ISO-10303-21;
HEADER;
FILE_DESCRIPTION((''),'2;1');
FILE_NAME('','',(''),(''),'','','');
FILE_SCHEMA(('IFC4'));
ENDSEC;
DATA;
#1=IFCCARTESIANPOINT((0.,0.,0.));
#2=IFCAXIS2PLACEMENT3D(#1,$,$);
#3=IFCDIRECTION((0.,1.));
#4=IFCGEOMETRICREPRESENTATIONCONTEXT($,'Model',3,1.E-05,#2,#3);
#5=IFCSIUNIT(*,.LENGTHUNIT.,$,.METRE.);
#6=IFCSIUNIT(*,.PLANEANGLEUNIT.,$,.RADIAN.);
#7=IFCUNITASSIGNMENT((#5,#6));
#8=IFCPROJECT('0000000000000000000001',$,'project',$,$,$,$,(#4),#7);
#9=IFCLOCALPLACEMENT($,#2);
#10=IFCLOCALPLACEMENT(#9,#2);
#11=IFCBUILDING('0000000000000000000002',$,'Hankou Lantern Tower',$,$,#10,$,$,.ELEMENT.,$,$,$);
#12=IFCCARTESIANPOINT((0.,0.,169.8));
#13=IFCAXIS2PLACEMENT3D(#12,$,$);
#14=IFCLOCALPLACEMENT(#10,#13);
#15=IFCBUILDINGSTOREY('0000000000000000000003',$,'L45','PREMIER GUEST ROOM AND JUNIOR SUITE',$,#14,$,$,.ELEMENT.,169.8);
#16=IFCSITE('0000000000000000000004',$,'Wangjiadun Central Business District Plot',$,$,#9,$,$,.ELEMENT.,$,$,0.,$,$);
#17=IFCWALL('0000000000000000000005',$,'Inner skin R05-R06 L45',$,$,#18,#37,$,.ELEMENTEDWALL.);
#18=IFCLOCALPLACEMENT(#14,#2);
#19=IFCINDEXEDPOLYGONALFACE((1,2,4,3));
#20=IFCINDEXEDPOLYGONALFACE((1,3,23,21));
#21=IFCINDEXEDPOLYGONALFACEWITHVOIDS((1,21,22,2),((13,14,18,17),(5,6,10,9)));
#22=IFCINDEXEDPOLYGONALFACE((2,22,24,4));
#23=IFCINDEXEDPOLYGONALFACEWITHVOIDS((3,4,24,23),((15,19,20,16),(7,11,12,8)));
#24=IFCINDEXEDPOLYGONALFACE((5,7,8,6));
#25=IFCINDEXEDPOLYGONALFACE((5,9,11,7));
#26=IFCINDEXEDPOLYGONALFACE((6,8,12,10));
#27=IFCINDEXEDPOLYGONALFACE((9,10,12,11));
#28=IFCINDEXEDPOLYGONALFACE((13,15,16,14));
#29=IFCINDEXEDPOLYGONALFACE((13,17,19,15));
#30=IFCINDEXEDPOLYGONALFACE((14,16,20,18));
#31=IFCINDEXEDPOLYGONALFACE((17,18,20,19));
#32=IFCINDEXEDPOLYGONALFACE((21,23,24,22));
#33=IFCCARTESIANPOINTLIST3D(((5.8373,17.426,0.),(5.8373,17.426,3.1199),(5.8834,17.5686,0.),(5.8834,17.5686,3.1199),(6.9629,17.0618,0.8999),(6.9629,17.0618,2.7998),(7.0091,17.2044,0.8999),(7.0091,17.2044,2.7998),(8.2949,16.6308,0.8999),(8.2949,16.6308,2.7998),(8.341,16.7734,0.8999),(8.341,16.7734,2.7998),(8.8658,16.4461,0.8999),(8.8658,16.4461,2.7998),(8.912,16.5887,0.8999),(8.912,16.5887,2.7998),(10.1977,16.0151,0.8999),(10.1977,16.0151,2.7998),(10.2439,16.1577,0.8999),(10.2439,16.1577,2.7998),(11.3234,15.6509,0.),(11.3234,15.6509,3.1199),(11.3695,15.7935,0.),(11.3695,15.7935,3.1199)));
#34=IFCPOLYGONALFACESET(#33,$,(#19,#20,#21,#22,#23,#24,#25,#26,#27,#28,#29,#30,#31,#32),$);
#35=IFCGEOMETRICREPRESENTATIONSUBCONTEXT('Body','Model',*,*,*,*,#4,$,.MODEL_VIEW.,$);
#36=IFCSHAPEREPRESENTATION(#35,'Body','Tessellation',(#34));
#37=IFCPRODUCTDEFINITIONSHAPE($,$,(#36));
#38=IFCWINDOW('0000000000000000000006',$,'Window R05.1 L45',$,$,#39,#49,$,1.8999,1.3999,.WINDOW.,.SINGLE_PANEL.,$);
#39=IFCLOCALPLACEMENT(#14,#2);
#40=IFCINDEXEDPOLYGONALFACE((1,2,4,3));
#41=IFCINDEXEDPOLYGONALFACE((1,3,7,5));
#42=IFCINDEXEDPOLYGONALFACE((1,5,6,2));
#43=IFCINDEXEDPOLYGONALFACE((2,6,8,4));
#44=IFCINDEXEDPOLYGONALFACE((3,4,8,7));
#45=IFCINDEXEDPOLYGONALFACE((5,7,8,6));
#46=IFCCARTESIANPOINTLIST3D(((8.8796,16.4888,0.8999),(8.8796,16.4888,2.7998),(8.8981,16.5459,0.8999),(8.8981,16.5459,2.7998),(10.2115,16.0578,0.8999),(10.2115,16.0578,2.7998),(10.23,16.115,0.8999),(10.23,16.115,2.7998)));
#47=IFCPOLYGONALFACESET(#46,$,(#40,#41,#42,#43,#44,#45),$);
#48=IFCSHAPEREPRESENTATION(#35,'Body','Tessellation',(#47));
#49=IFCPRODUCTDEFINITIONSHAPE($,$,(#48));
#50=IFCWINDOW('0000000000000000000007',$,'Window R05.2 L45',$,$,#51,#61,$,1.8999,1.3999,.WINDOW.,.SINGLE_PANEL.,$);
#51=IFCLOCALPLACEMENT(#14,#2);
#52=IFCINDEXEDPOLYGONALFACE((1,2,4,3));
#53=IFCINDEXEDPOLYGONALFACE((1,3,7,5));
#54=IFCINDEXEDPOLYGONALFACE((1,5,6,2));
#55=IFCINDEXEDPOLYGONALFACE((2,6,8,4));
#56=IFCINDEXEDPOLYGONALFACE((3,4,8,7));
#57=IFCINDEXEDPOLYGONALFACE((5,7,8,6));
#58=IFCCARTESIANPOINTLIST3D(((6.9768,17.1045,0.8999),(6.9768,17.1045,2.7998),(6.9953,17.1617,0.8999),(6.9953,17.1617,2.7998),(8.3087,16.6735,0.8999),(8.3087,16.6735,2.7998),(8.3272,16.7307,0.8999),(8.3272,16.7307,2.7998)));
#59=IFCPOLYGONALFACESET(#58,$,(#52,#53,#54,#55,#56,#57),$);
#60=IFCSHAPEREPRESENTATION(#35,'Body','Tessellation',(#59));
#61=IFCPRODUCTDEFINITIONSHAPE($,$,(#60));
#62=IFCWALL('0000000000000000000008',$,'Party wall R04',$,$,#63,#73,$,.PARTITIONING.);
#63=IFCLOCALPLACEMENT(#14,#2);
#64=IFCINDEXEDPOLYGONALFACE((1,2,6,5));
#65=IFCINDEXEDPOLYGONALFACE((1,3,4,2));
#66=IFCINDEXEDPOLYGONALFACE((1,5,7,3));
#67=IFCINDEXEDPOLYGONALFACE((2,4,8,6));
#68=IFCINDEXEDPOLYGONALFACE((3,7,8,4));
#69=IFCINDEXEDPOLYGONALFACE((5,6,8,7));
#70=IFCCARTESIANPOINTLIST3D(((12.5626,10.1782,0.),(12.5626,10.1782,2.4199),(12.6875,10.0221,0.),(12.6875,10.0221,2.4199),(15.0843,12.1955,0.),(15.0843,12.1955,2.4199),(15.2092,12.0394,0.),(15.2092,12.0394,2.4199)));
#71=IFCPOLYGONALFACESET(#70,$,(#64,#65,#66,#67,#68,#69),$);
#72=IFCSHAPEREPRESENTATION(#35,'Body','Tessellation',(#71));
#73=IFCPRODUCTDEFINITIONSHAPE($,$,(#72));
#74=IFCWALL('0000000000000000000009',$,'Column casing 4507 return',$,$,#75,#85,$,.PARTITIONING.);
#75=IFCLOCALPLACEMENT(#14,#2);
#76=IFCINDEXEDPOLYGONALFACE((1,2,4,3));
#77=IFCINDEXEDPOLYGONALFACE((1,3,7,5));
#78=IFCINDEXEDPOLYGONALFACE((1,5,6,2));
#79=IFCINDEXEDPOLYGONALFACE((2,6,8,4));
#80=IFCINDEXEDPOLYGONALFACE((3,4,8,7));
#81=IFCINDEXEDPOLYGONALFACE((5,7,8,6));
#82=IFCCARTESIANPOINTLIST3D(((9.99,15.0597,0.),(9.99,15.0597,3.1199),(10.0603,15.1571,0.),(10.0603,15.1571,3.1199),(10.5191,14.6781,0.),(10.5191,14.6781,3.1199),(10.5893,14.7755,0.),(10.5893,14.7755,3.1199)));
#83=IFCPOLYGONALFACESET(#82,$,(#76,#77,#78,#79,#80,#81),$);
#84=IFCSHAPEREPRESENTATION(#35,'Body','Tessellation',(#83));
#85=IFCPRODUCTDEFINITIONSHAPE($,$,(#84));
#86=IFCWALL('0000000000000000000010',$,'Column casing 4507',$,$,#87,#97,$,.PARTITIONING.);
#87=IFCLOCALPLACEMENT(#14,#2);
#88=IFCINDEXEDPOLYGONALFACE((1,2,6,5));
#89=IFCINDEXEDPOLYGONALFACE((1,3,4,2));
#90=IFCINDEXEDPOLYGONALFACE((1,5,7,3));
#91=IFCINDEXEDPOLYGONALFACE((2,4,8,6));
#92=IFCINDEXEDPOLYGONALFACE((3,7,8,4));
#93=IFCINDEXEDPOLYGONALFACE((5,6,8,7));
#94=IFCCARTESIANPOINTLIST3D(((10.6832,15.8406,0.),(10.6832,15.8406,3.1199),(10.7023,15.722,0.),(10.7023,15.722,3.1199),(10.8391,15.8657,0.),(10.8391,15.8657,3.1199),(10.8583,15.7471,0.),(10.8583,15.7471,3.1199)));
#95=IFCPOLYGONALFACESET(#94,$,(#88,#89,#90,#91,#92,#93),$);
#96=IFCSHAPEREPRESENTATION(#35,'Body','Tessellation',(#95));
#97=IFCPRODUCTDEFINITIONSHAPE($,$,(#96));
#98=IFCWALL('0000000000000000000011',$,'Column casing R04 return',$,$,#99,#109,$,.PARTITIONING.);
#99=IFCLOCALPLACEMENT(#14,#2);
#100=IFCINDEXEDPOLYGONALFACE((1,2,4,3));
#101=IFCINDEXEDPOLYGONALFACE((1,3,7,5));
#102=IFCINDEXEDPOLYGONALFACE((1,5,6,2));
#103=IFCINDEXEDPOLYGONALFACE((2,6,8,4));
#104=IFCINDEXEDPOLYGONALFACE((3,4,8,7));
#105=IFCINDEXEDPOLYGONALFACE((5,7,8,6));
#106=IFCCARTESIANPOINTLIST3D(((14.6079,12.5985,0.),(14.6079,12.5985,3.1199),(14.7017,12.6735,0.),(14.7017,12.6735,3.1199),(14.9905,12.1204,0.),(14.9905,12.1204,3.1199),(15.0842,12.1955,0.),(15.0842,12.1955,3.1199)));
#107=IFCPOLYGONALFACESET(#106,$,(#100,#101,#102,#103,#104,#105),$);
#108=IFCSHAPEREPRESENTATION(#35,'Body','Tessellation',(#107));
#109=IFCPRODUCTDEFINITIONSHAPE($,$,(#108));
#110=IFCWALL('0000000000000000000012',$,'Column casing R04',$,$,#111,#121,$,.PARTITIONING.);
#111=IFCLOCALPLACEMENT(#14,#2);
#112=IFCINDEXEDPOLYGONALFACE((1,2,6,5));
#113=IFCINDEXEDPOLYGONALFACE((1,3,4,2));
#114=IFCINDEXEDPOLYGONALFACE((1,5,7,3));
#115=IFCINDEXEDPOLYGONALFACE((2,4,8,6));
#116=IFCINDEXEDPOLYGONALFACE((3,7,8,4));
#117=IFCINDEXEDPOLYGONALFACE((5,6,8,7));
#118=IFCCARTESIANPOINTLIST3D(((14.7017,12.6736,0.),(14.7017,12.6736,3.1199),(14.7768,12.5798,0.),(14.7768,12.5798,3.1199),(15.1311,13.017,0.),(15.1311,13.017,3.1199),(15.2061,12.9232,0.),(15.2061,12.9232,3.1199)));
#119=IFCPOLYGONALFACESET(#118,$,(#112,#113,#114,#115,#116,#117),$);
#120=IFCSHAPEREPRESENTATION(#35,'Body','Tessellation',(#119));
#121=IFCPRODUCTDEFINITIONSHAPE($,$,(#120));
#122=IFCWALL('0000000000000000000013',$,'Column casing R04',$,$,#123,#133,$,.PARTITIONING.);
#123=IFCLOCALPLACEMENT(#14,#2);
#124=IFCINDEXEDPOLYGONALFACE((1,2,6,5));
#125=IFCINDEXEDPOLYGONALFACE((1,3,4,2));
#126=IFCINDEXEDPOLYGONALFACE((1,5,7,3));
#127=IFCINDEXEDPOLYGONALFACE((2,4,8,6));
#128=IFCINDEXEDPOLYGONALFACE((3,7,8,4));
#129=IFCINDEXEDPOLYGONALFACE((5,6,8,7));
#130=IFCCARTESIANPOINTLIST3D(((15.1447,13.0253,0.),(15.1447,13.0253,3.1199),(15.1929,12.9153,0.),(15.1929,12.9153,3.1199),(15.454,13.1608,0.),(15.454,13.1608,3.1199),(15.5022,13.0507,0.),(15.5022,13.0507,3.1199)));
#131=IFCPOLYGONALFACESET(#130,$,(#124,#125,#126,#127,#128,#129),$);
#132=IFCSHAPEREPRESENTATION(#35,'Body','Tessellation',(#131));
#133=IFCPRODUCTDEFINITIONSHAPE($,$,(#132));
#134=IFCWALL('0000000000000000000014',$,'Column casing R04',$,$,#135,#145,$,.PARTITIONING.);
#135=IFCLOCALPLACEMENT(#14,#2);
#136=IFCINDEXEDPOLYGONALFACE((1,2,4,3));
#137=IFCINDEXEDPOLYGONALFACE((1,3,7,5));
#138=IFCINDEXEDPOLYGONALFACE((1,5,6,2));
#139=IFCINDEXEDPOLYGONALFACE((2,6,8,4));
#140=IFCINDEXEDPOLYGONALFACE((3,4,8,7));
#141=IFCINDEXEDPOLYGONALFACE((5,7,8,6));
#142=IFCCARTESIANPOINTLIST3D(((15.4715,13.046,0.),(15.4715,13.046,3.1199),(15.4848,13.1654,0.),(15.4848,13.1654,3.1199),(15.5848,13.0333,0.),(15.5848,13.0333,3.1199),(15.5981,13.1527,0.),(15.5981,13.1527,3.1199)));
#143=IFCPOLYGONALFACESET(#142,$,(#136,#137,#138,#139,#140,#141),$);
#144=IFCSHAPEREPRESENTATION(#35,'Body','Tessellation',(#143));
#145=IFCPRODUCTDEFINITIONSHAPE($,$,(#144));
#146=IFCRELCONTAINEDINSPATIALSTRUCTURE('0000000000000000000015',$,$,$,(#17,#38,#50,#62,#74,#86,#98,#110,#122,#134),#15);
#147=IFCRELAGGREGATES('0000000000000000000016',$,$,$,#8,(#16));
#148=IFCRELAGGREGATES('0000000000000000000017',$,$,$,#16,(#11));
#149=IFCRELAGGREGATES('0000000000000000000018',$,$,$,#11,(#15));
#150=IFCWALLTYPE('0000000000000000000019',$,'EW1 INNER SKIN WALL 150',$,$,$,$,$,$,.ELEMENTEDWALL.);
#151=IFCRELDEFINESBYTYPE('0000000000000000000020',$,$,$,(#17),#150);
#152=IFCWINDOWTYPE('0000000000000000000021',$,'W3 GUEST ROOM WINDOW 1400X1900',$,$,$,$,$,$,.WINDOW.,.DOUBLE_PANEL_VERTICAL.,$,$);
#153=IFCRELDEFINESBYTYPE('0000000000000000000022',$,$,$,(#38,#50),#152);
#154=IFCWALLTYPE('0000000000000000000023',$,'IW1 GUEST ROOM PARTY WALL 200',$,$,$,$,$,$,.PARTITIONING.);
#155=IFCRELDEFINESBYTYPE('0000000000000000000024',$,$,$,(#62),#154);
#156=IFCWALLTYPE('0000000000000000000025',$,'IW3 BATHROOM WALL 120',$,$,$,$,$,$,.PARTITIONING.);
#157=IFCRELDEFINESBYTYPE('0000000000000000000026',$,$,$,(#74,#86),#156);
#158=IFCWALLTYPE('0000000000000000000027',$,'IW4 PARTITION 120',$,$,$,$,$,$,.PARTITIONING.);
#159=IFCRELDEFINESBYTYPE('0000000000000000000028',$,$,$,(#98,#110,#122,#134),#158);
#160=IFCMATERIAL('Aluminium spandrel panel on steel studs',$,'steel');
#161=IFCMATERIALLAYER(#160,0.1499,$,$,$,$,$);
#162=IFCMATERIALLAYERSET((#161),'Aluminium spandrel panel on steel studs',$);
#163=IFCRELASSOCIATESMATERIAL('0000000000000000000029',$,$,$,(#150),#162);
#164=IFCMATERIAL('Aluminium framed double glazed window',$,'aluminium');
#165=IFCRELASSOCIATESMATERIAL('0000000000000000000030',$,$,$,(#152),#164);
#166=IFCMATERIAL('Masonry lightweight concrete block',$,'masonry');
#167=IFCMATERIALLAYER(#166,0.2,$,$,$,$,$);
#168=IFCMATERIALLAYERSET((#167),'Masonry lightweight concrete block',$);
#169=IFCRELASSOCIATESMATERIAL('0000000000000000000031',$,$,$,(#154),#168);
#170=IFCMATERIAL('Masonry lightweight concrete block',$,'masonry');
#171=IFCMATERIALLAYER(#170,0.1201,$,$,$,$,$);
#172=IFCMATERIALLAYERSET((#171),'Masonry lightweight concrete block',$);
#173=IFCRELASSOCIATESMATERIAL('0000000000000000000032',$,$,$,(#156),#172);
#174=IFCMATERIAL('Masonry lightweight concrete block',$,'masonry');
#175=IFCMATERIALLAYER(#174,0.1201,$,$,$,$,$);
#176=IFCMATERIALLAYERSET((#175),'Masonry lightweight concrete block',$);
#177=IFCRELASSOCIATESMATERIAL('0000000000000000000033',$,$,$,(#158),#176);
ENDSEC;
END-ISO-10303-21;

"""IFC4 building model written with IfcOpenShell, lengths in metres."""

from ifc_helpers import new_model, si_unit, direction, frame, frame_2d, origin, place, context, subcontext, project, spatial, rectangle, extrude, material, layer, layer_set, type_object, element, fill, save


model = new_model("IFC4")

# Units and contexts
model_context = context("Model", 3, precision=1e-05, world=origin(), true_north=direction((0.0, 1.0)))
body_context = subcontext(model_context, "Body", "Model", "MODEL_VIEW")
ifc_project = project(units=[si_unit("LENGTHUNIT", "METRE"), si_unit("PLANEANGLEUNIT", "RADIAN")], contexts=[model_context])

# Site, building, storey
site_placement = place(None, origin())
site = spatial("IfcSite", under=ifc_project, at=site_placement, Name="Wangjiadun Central Business District Plot", CompositionType="ELEMENT", RefElevation=0.0)
building_placement = place(site_placement, origin())
building = spatial("IfcBuilding", under=site, at=building_placement, Name="Hankou Lantern Tower", CompositionType="ELEMENT")
storey_placement = place(building_placement, frame((0.0, 0.0, 169.8)))
storey = spatial("IfcBuildingStorey", under=building, at=storey_placement, Name="L45", Description="PREMIER GUEST ROOM AND JUNIOR SUITE", CompositionType="ELEMENT", Elevation=169.8)

# Wall, openings, windows
ifc_material_1 = material(Name="Aluminium spandrel panel on steel studs", Category="steel")
ifc_layer_1 = layer(ifc_material_1, 0.1499)
ifc_layer_set_1 = layer_set([ifc_layer_1], Name="Aluminium spandrel panel on steel studs")
wall_type_1 = type_object("IfcWallType", Name="EW1 INNER SKIN WALL 150", PredefinedType="ELEMENTEDWALL", material=ifc_layer_set_1)
ifc_material_2 = material(Name="Aluminium framed double glazed window", Category="aluminium")
window_type = type_object("IfcWindowType", Name="W3 GUEST ROOM WINDOW 1400X1900", PartitioningType="DOUBLE_PANEL_VERTICAL", PredefinedType="WINDOW", material=ifc_material_2)
wall_1_placement = place(storey_placement, frame((11.3464, 15.7222, 0.0), z_axis=(0.0, 0.0, 1.0), x_axis=(-0.951432, 0.307857, 0.0)))
wall_1 = element("IfcWall", 1, at=wall_1_placement, inside=storey, type_object=wall_type_1, Name="Inner skin R05-R06 L45", PredefinedType="ELEMENTEDWALL", context=body_context, shape_type="SweptSolid", body=[
    extrude(rectangle(XDim=5.7661, YDim=0.1499, at=frame_2d((2.8831, 0.0))), origin(), (0.0, 0.0, 1.0), 3.1199),
])
opening_1_placement = place(wall_1_placement, frame((1.1831, 0.0, 0.8999)))
opening_1 = element("IfcOpeningElement", 2, at=opening_1_placement, cuts=wall_1, PredefinedType="OPENING", context=body_context, shape_type="SweptSolid", body=[
    extrude(rectangle(XDim=1.3999, YDim=1.8999, at=frame_2d((0.7, 0.95))), frame((0.0, 0.085, 0.0), z_axis=(0.0, -1.0, 0.0), x_axis=(1.0, 0.0, 0.0)), (0.0, 0.0, 1.0), 0.1699),
])
opening_2_placement = place(wall_1_placement, frame((3.1831, 0.0, 0.8999)))
opening_2 = element("IfcOpeningElement", 3, at=opening_2_placement, cuts=wall_1, PredefinedType="OPENING", context=body_context, shape_type="SweptSolid", body=[
    extrude(rectangle(XDim=1.3999, YDim=1.8999, at=frame_2d((0.7, 0.95))), frame((0.0, 0.085, 0.0), z_axis=(0.0, -1.0, 0.0), x_axis=(1.0, 0.0, 0.0)), (0.0, 0.0, 1.0), 0.1699),
])
window_1_placement = place(opening_1_placement, origin())
window_1 = element("IfcWindow", 4, at=window_1_placement, inside=storey, type_object=window_type, Name="Window R05.1 L45", OverallHeight=1.8999, OverallWidth=1.3999, PartitioningType="SINGLE_PANEL", PredefinedType="WINDOW", context=body_context, shape_type="SweptSolid", body=[
    extrude(rectangle(XDim=1.3999, YDim=1.8999, at=frame_2d((0.7, 0.95))), frame((0.0, 0.03, 0.0), z_axis=(0.0, -1.0, 0.0), x_axis=(1.0, 0.0, 0.0)), (0.0, 0.0, 1.0), 0.0601),
])
fill(opening_1, window_1)
window_2_placement = place(opening_2_placement, origin())
window_2 = element("IfcWindow", 5, at=window_2_placement, inside=storey, type_object=window_type, Name="Window R05.2 L45", OverallHeight=1.8999, OverallWidth=1.3999, PartitioningType="SINGLE_PANEL", PredefinedType="WINDOW", context=body_context, shape_type="SweptSolid", body=[
    extrude(rectangle(XDim=1.3999, YDim=1.8999, at=frame_2d((0.7, 0.95))), frame((0.0, 0.03, 0.0), z_axis=(0.0, -1.0, 0.0), x_axis=(1.0, 0.0, 0.0)), (0.0, 0.0, 1.0), 0.0601),
])
fill(opening_2, window_2)

# Walls
ifc_material_3 = material(Name="Masonry lightweight concrete block", Category="masonry")
ifc_layer_2 = layer(ifc_material_3, 0.2)
ifc_layer_set_2 = layer_set([ifc_layer_2], Name="Masonry lightweight concrete block")
wall_type_2 = type_object("IfcWallType", Name="IW1 GUEST ROOM PARTY WALL 200", PredefinedType="PARTITIONING", material=ifc_layer_set_2)
wall_2_placement = place(storey_placement, frame((12.625, 10.1001, 0.0), z_axis=(0.0, 0.0, 1.0), x_axis=(0.780876, 0.624686, 0.0)))
element("IfcWall", 6, at=wall_2_placement, inside=storey, type_object=wall_type_2, Name="Party wall R04", PredefinedType="PARTITIONING", context=body_context, shape_type="SweptSolid", body=[
    extrude(rectangle(XDim=3.2292, YDim=0.2, at=frame_2d((1.6147, 0.0))), origin(), (0.0, 0.0, 1.0), 2.4199),
])
ifc_material_4 = material(Name="Masonry lightweight concrete block", Category="masonry")
ifc_layer_3 = layer(ifc_material_4, 0.1201)
ifc_layer_set_3 = layer_set([ifc_layer_3], Name="Masonry lightweight concrete block")
wall_type_3 = type_object("IfcWallType", Name="IW3 BATHROOM WALL 120", PredefinedType="PARTITIONING", material=ifc_layer_set_3)
wall_3_placement = place(storey_placement, frame((10.5542, 14.7268, 0.0), z_axis=(0.0, 0.0, 1.0), x_axis=(-0.811044, 0.584985, 0.0)))
element("IfcWall", 7, at=wall_3_placement, inside=storey, type_object=wall_type_3, Name="Column casing 4507 return", PredefinedType="PARTITIONING", context=body_context, shape_type="SweptSolid", body=[
    extrude(rectangle(XDim=0.6523, YDim=0.1201, at=frame_2d((0.3262, 0.0))), origin(), (0.0, 0.0, 1.0), 3.1199),
])
wall_4_placement = place(storey_placement, frame((10.6926, 15.7812, 0.0), z_axis=(0.0, 0.0, 1.0), x_axis=(0.987257, 0.159135, 0.0)))
element("IfcWall", 8, at=wall_4_placement, inside=storey, type_object=wall_type_3, Name="Column casing 4507", PredefinedType="PARTITIONING", context=body_context, shape_type="SweptSolid", body=[
    extrude(rectangle(XDim=0.158, YDim=0.1201, at=frame_2d((0.0791, 0.0))), origin(), (0.0, 0.0, 1.0), 3.1199),
])
ifc_material_5 = material(Name="Masonry lightweight concrete block", Category="masonry")
ifc_layer_4 = layer(ifc_material_5, 0.1201)
ifc_layer_set_4 = layer_set([ifc_layer_4], Name="Masonry lightweight concrete block")
wall_type_4 = type_object("IfcWallType", Name="IW4 PARTITION 120", PredefinedType="PARTITIONING", material=ifc_layer_set_4)
wall_5_placement = place(storey_placement, frame((15.0374, 12.158, 0.0), z_axis=(0.0, 0.0, 1.0), x_axis=(-0.624841, 0.780752, 0.0)))
element("IfcWall", 9, at=wall_5_placement, inside=storey, type_object=wall_type_4, Name="Column casing R04 return", PredefinedType="PARTITIONING", context=body_context, shape_type="SweptSolid", body=[
    extrude(rectangle(XDim=0.6123, YDim=0.1201, at=frame_2d((0.3062, 0.0))), origin(), (0.0, 0.0, 1.0), 3.1199),
])
wall_6_placement = place(storey_placement, frame((14.7393, 12.6267, 0.0), z_axis=(0.0, 0.0, 1.0), x_axis=(0.780912, 0.624641, 0.0)))
element("IfcWall", 10, at=wall_6_placement, inside=storey, type_object=wall_type_4, Name="Column casing R04", PredefinedType="PARTITIONING", context=body_context, shape_type="SweptSolid", body=[
    extrude(rectangle(XDim=0.5498, YDim=0.1201, at=frame_2d((0.2749, 0.0))), origin(), (0.0, 0.0, 1.0), 3.1199),
])
wall_7_placement = place(storey_placement, frame((15.1687, 12.9702, 0.0), z_axis=(0.0, 0.0, 1.0), x_axis=(0.915975, 0.401236, 0.0)))
element("IfcWall", 11, at=wall_7_placement, inside=storey, type_object=wall_type_4, Name="Column casing R04", PredefinedType="PARTITIONING", context=body_context, shape_type="SweptSolid", body=[
    extrude(rectangle(XDim=0.3376, YDim=0.1201, at=frame_2d((0.1689, 0.0))), origin(), (0.0, 0.0, 1.0), 3.1199),
])
wall_8_placement = place(storey_placement, frame((15.478, 13.1057, 0.0), z_axis=(0.0, 0.0, 1.0), x_axis=(0.993779, -0.111372, 0.0)))
element("IfcWall", 12, at=wall_8_placement, inside=storey, type_object=wall_type_4, Name="Column casing R04", PredefinedType="PARTITIONING", context=body_context, shape_type="SweptSolid", body=[
    extrude(rectangle(XDim=0.114, YDim=0.1201, at=frame_2d((0.0571, 0.0))), origin(), (0.0, 0.0, 1.0), 3.1199),
])

save(model, "model.ifc")
